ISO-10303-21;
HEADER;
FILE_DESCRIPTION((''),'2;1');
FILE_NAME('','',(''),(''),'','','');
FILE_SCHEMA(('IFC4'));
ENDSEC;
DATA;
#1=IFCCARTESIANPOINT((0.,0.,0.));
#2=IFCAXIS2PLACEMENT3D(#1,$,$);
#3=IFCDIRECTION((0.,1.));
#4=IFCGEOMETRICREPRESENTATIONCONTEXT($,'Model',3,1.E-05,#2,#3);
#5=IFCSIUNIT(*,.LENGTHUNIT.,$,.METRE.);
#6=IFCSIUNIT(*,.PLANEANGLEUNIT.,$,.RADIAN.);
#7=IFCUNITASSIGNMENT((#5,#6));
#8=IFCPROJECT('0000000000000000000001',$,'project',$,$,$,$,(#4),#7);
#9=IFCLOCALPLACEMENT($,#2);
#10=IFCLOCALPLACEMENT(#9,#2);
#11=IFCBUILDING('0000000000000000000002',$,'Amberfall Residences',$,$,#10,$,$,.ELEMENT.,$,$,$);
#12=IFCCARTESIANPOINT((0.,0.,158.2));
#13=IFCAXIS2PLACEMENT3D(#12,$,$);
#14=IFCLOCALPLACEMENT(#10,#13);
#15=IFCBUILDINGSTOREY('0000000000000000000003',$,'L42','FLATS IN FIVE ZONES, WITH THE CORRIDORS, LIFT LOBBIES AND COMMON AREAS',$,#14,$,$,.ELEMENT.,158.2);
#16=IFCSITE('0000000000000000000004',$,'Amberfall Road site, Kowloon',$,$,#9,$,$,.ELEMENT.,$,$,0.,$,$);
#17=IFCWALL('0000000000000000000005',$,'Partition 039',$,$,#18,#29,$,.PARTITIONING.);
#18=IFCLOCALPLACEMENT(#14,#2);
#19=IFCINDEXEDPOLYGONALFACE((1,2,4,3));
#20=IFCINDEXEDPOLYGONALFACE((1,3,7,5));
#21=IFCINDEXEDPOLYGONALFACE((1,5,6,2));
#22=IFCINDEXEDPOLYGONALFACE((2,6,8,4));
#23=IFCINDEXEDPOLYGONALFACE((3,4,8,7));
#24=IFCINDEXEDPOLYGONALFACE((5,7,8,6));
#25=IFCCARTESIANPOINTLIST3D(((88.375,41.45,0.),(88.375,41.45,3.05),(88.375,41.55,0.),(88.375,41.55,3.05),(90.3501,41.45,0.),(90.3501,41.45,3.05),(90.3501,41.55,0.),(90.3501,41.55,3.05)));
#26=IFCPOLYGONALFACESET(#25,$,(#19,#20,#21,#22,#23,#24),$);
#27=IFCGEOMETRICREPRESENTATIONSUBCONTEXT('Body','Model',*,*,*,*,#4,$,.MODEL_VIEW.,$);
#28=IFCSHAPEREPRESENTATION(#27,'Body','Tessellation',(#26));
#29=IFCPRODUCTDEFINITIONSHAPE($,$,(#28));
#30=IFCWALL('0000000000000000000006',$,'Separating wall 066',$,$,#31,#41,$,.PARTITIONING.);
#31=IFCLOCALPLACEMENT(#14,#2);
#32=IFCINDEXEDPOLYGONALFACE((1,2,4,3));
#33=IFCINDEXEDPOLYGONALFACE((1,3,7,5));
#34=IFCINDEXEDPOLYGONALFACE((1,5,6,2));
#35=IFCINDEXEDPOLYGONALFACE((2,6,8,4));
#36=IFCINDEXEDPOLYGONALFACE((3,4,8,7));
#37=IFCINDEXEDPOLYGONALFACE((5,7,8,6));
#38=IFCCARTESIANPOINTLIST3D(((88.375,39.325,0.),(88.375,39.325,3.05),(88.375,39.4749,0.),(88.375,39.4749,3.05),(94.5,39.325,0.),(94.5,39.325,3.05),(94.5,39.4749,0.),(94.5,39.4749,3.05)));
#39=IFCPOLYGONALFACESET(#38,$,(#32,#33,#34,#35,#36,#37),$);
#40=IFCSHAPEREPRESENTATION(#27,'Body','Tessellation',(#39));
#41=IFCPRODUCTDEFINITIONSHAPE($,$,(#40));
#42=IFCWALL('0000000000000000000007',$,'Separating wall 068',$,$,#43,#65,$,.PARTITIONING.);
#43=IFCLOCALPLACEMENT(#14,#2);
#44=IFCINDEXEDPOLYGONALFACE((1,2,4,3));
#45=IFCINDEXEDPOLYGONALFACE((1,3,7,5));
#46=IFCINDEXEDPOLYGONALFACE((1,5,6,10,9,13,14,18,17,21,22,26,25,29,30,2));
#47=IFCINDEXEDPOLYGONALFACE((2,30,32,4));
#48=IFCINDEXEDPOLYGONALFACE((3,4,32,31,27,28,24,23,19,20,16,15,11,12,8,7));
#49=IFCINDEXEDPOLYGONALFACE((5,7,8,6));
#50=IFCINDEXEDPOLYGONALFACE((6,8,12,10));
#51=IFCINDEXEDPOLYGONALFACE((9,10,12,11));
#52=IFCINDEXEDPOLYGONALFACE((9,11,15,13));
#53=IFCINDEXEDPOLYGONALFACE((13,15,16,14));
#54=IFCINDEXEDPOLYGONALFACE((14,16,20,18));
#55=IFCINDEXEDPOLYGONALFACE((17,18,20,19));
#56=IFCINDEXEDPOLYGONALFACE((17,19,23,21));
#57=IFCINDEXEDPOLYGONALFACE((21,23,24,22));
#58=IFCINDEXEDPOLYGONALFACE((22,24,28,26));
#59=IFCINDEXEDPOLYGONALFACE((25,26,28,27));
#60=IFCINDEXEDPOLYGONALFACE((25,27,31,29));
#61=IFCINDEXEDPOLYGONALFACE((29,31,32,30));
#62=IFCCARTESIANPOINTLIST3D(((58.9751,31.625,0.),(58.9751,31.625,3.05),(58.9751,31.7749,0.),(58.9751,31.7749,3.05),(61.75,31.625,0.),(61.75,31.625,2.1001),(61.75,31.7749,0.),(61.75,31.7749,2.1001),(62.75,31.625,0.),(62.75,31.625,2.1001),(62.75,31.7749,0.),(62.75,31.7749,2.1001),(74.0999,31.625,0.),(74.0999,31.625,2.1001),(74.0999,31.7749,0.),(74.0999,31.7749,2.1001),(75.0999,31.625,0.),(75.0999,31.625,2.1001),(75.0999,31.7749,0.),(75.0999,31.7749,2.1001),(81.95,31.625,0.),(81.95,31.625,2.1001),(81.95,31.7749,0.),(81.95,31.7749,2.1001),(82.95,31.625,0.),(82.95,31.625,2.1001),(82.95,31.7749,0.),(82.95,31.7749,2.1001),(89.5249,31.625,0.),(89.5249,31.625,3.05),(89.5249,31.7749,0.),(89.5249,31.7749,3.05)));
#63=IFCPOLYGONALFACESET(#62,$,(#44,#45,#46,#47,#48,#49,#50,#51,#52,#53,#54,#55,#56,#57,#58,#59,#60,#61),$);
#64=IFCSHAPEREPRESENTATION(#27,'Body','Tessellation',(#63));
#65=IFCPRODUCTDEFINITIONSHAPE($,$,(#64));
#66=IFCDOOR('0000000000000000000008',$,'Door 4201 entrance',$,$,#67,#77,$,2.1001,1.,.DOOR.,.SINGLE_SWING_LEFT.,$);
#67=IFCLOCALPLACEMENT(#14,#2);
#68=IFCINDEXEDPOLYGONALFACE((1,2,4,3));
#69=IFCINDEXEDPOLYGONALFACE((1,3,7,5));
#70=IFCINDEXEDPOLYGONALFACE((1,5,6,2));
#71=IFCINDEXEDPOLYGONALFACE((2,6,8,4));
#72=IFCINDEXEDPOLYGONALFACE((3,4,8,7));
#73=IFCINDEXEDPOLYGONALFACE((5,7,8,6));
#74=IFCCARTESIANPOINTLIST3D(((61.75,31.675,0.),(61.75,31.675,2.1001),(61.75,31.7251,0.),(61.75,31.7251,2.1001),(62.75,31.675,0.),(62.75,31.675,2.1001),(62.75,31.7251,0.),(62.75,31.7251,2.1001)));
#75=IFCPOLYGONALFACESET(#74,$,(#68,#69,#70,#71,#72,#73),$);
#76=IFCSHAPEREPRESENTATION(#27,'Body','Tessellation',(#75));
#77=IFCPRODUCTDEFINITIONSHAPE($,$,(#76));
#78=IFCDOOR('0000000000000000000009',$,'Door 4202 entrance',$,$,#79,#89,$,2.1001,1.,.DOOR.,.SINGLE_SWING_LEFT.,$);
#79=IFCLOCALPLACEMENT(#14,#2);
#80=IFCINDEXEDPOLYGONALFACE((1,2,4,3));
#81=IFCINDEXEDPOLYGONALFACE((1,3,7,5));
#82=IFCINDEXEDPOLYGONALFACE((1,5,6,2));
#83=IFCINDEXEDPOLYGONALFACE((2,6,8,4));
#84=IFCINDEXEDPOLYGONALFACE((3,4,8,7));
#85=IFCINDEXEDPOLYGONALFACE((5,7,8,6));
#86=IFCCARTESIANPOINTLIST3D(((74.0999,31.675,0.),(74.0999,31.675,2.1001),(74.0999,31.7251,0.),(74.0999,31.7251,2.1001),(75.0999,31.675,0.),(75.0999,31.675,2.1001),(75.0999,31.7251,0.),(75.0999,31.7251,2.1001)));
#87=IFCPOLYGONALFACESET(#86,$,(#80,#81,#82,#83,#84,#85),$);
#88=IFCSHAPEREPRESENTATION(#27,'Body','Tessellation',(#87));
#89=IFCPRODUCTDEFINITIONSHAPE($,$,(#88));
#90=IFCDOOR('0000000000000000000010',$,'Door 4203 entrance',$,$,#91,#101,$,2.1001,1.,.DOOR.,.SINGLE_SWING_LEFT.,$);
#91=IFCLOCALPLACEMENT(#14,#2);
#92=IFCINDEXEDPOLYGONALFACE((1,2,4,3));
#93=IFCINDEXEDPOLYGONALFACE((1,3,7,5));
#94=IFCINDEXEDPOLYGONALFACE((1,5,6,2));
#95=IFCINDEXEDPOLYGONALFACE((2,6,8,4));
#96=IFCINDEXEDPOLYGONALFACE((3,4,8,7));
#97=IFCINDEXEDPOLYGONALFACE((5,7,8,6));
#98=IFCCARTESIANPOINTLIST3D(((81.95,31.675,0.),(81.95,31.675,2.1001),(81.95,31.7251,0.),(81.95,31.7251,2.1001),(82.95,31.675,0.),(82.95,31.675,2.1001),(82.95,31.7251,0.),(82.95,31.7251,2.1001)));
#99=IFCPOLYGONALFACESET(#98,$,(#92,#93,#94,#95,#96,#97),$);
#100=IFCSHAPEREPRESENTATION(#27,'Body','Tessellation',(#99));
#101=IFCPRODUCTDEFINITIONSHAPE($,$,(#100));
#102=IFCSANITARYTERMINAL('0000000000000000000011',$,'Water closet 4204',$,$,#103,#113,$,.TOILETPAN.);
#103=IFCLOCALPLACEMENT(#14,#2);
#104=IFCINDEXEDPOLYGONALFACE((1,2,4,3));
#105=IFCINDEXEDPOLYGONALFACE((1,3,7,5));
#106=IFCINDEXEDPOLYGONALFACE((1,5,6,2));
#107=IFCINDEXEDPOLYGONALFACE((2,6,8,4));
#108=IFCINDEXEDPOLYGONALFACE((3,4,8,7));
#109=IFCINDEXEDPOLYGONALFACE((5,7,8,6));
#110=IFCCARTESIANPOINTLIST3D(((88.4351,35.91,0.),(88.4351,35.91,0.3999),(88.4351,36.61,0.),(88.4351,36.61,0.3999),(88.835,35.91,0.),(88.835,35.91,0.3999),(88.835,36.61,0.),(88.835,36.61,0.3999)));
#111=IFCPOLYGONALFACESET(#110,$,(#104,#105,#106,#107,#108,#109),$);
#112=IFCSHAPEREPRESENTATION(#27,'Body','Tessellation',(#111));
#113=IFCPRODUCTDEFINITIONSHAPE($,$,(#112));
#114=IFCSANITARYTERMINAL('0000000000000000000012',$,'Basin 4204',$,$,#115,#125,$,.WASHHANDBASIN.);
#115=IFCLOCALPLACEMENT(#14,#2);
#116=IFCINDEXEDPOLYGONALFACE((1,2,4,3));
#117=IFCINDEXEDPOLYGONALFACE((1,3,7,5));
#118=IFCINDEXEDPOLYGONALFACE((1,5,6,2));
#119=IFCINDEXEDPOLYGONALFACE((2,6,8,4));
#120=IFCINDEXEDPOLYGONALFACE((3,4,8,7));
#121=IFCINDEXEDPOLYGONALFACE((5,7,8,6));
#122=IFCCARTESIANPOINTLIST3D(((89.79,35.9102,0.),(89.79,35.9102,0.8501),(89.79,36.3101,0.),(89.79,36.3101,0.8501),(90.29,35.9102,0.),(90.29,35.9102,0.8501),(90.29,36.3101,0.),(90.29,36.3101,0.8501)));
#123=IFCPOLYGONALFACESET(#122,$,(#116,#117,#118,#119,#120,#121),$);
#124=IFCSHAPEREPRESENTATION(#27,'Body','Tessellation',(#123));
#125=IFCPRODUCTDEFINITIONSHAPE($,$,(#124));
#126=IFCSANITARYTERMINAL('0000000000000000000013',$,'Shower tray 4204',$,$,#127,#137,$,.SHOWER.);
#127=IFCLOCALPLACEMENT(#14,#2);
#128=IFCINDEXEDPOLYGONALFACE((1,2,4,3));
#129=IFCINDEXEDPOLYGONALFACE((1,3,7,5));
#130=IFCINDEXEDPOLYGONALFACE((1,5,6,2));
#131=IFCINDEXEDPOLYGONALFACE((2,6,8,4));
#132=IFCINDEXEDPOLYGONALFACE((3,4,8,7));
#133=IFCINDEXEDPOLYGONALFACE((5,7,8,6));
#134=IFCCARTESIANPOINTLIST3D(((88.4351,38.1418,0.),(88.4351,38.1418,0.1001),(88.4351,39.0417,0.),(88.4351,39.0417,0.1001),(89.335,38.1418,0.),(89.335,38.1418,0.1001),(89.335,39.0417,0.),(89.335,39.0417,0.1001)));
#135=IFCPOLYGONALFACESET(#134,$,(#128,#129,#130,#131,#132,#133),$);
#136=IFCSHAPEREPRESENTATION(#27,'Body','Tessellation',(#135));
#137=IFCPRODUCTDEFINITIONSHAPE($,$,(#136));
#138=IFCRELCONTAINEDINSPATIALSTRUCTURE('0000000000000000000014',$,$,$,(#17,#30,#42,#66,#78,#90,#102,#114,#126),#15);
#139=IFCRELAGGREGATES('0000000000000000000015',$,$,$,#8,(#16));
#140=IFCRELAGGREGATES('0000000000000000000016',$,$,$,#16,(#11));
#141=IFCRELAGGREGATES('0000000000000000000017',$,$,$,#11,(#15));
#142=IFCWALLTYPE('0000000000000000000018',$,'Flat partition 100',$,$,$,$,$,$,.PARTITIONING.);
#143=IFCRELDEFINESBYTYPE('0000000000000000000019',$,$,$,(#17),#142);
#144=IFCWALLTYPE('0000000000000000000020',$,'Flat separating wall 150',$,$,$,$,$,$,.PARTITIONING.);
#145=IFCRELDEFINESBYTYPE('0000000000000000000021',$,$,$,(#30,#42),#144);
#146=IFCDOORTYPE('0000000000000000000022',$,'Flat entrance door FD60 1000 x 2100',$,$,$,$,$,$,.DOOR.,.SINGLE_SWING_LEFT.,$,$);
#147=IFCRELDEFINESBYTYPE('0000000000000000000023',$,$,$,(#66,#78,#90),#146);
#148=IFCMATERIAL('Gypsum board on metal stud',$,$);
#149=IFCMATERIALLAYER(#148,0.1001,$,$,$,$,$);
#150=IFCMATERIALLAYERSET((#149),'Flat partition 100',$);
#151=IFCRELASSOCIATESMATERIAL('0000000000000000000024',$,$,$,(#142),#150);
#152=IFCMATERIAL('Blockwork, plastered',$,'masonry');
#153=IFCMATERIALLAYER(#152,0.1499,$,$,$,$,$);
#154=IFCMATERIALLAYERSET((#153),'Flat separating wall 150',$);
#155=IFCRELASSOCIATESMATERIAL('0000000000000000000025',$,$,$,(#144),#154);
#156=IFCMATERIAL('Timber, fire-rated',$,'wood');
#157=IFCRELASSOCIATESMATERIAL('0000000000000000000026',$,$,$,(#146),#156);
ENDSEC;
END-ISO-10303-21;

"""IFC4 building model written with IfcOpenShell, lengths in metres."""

from ifc_helpers import new_model, si_unit, direction, frame, frame_2d, origin, origin_2d, place, context, subcontext, project, spatial, rectangle, extrude, material, layer, layer_set, type_object, element, fill, save


model = new_model("IFC4")

# Units and contexts
model_context = context("Model", 3, precision=1e-05, world=origin(), true_north=direction((0.0, 1.0)))
body_context = subcontext(model_context, "Body", "Model", "MODEL_VIEW")
ifc_project = project(units=[si_unit("LENGTHUNIT", "METRE"), si_unit("PLANEANGLEUNIT", "RADIAN")], contexts=[model_context])

# Site, building, storey
site_placement = place(None, origin())
site = spatial("IfcSite", under=ifc_project, at=site_placement, Name="Amberfall Road site, Kowloon", CompositionType="ELEMENT", RefElevation=0.0)
building_placement = place(site_placement, origin())
building = spatial("IfcBuilding", under=site, at=building_placement, Name="Amberfall Residences", CompositionType="ELEMENT")
storey_placement = place(building_placement, frame((0.0, 0.0, 158.2)))
storey = spatial("IfcBuildingStorey", under=building, at=storey_placement, Name="L42", Description="FLATS IN FIVE ZONES, WITH THE CORRIDORS, LIFT LOBBIES AND COMMON AREAS", CompositionType="ELEMENT", Elevation=158.2)

# Shared definitions
ifc_material_1 = material(Name="Gypsum board on metal stud")
ifc_layer_1 = layer(ifc_material_1, 0.1001)
ifc_layer_set_1 = layer_set([ifc_layer_1], Name="Flat partition 100")
wall_type_1 = type_object("IfcWallType", Name="Flat partition 100", PredefinedType="PARTITIONING", material=ifc_layer_set_1)

# Walls
wall_1_placement = place(storey_placement, frame((88.375, 41.5, 0.0), z_axis=(0.0, 0.0, 1.0), x_axis=(1.0, 0.0, 0.0)))
element("IfcWall", 1, at=wall_1_placement, inside=storey, type_object=wall_type_1, Name="Partition 039", PredefinedType="PARTITIONING", context=body_context, shape_type="SweptSolid", body=[
    extrude(rectangle(XDim=1.9751, YDim=0.1001, at=frame_2d((0.9875, 0.0))), origin(), (0.0, 0.0, 1.0), 3.05),
])
ifc_material_2 = material(Name="Blockwork, plastered", Category="masonry")
ifc_layer_2 = layer(ifc_material_2, 0.1499)
ifc_layer_set_2 = layer_set([ifc_layer_2], Name="Flat separating wall 150")
wall_type_2 = type_object("IfcWallType", Name="Flat separating wall 150", PredefinedType="PARTITIONING", material=ifc_layer_set_2)
wall_2_placement = place(storey_placement, frame((88.375, 39.3999, 0.0), z_axis=(0.0, 0.0, 1.0), x_axis=(1.0, 0.0, 0.0)))
element("IfcWall", 2, at=wall_2_placement, inside=storey, type_object=wall_type_2, Name="Separating wall 066", PredefinedType="PARTITIONING", context=body_context, shape_type="SweptSolid", body=[
    extrude(rectangle(XDim=6.125, YDim=0.1499, at=frame_2d((3.0625, 0.0))), origin(), (0.0, 0.0, 1.0), 3.05),
])

# Wall, openings, doors
wall_3_placement = place(storey_placement, frame((89.5249, 31.7, 0.0), z_axis=(0.0, 0.0, 1.0), x_axis=(-1.0, 0.0, 0.0)))
wall_3 = element("IfcWall", 3, at=wall_3_placement, inside=storey, type_object=wall_type_2, Name="Separating wall 068", PredefinedType="PARTITIONING", context=body_context, shape_type="SweptSolid", body=[
    extrude(rectangle(XDim=30.5498, YDim=0.1499, at=frame_2d((15.2749, 0.0))), origin(), (0.0, 0.0, 1.0), 3.05),
])
opening_1_placement = place(wall_3_placement, frame((26.7749, 0.0, 0.0)))
opening_1 = element("IfcOpeningElement", 4, at=opening_1_placement, cuts=wall_3, PredefinedType="OPENING", context=body_context, shape_type="SweptSolid", body=[
    extrude(rectangle(XDim=1.0, YDim=2.1001, at=frame_2d((0.5, 1.05))), frame((0.0, 0.085, 0.0), z_axis=(0.0, -1.0, 0.0), x_axis=(1.0, 0.0, 0.0)), (0.0, 0.0, 1.0), 0.1699),
])
opening_2_placement = place(wall_3_placement, frame((14.425, 0.0, 0.0)))
opening_2 = element("IfcOpeningElement", 5, at=opening_2_placement, cuts=wall_3, PredefinedType="OPENING", context=body_context, shape_type="SweptSolid", body=[
    extrude(rectangle(XDim=1.0, YDim=2.1001, at=frame_2d((0.5, 1.05))), frame((0.0, 0.085, 0.0), z_axis=(0.0, -1.0, 0.0), x_axis=(1.0, 0.0, 0.0)), (0.0, 0.0, 1.0), 0.1699),
])
opening_3_placement = place(wall_3_placement, frame((6.575, 0.0, 0.0)))
opening_3 = element("IfcOpeningElement", 6, at=opening_3_placement, cuts=wall_3, PredefinedType="OPENING", context=body_context, shape_type="SweptSolid", body=[
    extrude(rectangle(XDim=1.0, YDim=2.1001, at=frame_2d((0.5, 1.05))), frame((0.0, 0.085, 0.0), z_axis=(0.0, -1.0, 0.0), x_axis=(1.0, 0.0, 0.0)), (0.0, 0.0, 1.0), 0.1699),
])
ifc_material_3 = material(Name="Timber, fire-rated", Category="wood")
door_type_1 = type_object("IfcDoorType", Name="Flat entrance door FD60 1000 x 2100", OperationType="SINGLE_SWING_LEFT", PredefinedType="DOOR", material=ifc_material_3)
door_1_placement = place(opening_1_placement, origin())
door_1 = element("IfcDoor", 7, at=door_1_placement, inside=storey, type_object=door_type_1, Name="Door 4201 entrance", OperationType="SINGLE_SWING_LEFT", OverallHeight=2.1001, OverallWidth=1.0, PredefinedType="DOOR", context=body_context, shape_type="SweptSolid", body=[
    extrude(rectangle(XDim=1.0, YDim=2.1001, at=frame_2d((0.5, 1.05))), frame((0.0, 0.0249, 0.0), z_axis=(0.0, -1.0, 0.0), x_axis=(1.0, 0.0, 0.0)), (0.0, 0.0, 1.0), 0.05),
])
fill(opening_1, door_1)
door_2_placement = place(opening_2_placement, origin())
door_2 = element("IfcDoor", 8, at=door_2_placement, inside=storey, type_object=door_type_1, Name="Door 4202 entrance", OperationType="SINGLE_SWING_LEFT", OverallHeight=2.1001, OverallWidth=1.0, PredefinedType="DOOR", context=body_context, shape_type="SweptSolid", body=[
    extrude(rectangle(XDim=1.0, YDim=2.1001, at=frame_2d((0.5, 1.05))), frame((0.0, 0.0249, 0.0), z_axis=(0.0, -1.0, 0.0), x_axis=(1.0, 0.0, 0.0)), (0.0, 0.0, 1.0), 0.05),
])
fill(opening_2, door_2)
door_3_placement = place(opening_3_placement, origin())
door_3 = element("IfcDoor", 9, at=door_3_placement, inside=storey, type_object=door_type_1, Name="Door 4203 entrance", OperationType="SINGLE_SWING_LEFT", OverallHeight=2.1001, OverallWidth=1.0, PredefinedType="DOOR", context=body_context, shape_type="SweptSolid", body=[
    extrude(rectangle(XDim=1.0, YDim=2.1001, at=frame_2d((0.5, 1.05))), frame((0.0, 0.0249, 0.0), z_axis=(0.0, -1.0, 0.0), x_axis=(1.0, 0.0, 0.0)), (0.0, 0.0, 1.0), 0.05),
])
fill(opening_3, door_3)

# Sanitary terminals
sanitary_terminal_1_placement = place(storey_placement, frame((88.635, 36.26, 0.0), z_axis=(0.0, 0.0, 1.0), x_axis=(1.0, 0.0, 0.0)))
element("IfcSanitaryTerminal", 10, at=sanitary_terminal_1_placement, inside=storey, Name="Water closet 4204", PredefinedType="TOILETPAN", context=body_context, shape_type="SweptSolid", body=[
    extrude(rectangle(XDim=0.3999, YDim=0.7, at=origin_2d()), origin(), (0.0, 0.0, 1.0), 0.3999),
])
sanitary_terminal_2_placement = place(storey_placement, frame((90.04, 36.1101, 0.0), z_axis=(0.0, 0.0, 1.0), x_axis=(1.0, 0.0, 0.0)))
element("IfcSanitaryTerminal", 11, at=sanitary_terminal_2_placement, inside=storey, Name="Basin 4204", PredefinedType="WASHHANDBASIN", context=body_context, shape_type="SweptSolid", body=[
    extrude(rectangle(XDim=0.5, YDim=0.3999, at=origin_2d()), origin(), (0.0, 0.0, 1.0), 0.8501),
])
sanitary_terminal_3_placement = place(storey_placement, frame((88.885, 38.5918, 0.0), z_axis=(0.0, 0.0, 1.0), x_axis=(1.0, 0.0, 0.0)))
element("IfcSanitaryTerminal", 12, at=sanitary_terminal_3_placement, inside=storey, Name="Shower tray 4204", PredefinedType="SHOWER", context=body_context, shape_type="SweptSolid", body=[
    extrude(rectangle(XDim=0.8999, YDim=0.8999, at=origin_2d()), origin(), (0.0, 0.0, 1.0), 0.1001),
])

save(model, "model.ifc")
